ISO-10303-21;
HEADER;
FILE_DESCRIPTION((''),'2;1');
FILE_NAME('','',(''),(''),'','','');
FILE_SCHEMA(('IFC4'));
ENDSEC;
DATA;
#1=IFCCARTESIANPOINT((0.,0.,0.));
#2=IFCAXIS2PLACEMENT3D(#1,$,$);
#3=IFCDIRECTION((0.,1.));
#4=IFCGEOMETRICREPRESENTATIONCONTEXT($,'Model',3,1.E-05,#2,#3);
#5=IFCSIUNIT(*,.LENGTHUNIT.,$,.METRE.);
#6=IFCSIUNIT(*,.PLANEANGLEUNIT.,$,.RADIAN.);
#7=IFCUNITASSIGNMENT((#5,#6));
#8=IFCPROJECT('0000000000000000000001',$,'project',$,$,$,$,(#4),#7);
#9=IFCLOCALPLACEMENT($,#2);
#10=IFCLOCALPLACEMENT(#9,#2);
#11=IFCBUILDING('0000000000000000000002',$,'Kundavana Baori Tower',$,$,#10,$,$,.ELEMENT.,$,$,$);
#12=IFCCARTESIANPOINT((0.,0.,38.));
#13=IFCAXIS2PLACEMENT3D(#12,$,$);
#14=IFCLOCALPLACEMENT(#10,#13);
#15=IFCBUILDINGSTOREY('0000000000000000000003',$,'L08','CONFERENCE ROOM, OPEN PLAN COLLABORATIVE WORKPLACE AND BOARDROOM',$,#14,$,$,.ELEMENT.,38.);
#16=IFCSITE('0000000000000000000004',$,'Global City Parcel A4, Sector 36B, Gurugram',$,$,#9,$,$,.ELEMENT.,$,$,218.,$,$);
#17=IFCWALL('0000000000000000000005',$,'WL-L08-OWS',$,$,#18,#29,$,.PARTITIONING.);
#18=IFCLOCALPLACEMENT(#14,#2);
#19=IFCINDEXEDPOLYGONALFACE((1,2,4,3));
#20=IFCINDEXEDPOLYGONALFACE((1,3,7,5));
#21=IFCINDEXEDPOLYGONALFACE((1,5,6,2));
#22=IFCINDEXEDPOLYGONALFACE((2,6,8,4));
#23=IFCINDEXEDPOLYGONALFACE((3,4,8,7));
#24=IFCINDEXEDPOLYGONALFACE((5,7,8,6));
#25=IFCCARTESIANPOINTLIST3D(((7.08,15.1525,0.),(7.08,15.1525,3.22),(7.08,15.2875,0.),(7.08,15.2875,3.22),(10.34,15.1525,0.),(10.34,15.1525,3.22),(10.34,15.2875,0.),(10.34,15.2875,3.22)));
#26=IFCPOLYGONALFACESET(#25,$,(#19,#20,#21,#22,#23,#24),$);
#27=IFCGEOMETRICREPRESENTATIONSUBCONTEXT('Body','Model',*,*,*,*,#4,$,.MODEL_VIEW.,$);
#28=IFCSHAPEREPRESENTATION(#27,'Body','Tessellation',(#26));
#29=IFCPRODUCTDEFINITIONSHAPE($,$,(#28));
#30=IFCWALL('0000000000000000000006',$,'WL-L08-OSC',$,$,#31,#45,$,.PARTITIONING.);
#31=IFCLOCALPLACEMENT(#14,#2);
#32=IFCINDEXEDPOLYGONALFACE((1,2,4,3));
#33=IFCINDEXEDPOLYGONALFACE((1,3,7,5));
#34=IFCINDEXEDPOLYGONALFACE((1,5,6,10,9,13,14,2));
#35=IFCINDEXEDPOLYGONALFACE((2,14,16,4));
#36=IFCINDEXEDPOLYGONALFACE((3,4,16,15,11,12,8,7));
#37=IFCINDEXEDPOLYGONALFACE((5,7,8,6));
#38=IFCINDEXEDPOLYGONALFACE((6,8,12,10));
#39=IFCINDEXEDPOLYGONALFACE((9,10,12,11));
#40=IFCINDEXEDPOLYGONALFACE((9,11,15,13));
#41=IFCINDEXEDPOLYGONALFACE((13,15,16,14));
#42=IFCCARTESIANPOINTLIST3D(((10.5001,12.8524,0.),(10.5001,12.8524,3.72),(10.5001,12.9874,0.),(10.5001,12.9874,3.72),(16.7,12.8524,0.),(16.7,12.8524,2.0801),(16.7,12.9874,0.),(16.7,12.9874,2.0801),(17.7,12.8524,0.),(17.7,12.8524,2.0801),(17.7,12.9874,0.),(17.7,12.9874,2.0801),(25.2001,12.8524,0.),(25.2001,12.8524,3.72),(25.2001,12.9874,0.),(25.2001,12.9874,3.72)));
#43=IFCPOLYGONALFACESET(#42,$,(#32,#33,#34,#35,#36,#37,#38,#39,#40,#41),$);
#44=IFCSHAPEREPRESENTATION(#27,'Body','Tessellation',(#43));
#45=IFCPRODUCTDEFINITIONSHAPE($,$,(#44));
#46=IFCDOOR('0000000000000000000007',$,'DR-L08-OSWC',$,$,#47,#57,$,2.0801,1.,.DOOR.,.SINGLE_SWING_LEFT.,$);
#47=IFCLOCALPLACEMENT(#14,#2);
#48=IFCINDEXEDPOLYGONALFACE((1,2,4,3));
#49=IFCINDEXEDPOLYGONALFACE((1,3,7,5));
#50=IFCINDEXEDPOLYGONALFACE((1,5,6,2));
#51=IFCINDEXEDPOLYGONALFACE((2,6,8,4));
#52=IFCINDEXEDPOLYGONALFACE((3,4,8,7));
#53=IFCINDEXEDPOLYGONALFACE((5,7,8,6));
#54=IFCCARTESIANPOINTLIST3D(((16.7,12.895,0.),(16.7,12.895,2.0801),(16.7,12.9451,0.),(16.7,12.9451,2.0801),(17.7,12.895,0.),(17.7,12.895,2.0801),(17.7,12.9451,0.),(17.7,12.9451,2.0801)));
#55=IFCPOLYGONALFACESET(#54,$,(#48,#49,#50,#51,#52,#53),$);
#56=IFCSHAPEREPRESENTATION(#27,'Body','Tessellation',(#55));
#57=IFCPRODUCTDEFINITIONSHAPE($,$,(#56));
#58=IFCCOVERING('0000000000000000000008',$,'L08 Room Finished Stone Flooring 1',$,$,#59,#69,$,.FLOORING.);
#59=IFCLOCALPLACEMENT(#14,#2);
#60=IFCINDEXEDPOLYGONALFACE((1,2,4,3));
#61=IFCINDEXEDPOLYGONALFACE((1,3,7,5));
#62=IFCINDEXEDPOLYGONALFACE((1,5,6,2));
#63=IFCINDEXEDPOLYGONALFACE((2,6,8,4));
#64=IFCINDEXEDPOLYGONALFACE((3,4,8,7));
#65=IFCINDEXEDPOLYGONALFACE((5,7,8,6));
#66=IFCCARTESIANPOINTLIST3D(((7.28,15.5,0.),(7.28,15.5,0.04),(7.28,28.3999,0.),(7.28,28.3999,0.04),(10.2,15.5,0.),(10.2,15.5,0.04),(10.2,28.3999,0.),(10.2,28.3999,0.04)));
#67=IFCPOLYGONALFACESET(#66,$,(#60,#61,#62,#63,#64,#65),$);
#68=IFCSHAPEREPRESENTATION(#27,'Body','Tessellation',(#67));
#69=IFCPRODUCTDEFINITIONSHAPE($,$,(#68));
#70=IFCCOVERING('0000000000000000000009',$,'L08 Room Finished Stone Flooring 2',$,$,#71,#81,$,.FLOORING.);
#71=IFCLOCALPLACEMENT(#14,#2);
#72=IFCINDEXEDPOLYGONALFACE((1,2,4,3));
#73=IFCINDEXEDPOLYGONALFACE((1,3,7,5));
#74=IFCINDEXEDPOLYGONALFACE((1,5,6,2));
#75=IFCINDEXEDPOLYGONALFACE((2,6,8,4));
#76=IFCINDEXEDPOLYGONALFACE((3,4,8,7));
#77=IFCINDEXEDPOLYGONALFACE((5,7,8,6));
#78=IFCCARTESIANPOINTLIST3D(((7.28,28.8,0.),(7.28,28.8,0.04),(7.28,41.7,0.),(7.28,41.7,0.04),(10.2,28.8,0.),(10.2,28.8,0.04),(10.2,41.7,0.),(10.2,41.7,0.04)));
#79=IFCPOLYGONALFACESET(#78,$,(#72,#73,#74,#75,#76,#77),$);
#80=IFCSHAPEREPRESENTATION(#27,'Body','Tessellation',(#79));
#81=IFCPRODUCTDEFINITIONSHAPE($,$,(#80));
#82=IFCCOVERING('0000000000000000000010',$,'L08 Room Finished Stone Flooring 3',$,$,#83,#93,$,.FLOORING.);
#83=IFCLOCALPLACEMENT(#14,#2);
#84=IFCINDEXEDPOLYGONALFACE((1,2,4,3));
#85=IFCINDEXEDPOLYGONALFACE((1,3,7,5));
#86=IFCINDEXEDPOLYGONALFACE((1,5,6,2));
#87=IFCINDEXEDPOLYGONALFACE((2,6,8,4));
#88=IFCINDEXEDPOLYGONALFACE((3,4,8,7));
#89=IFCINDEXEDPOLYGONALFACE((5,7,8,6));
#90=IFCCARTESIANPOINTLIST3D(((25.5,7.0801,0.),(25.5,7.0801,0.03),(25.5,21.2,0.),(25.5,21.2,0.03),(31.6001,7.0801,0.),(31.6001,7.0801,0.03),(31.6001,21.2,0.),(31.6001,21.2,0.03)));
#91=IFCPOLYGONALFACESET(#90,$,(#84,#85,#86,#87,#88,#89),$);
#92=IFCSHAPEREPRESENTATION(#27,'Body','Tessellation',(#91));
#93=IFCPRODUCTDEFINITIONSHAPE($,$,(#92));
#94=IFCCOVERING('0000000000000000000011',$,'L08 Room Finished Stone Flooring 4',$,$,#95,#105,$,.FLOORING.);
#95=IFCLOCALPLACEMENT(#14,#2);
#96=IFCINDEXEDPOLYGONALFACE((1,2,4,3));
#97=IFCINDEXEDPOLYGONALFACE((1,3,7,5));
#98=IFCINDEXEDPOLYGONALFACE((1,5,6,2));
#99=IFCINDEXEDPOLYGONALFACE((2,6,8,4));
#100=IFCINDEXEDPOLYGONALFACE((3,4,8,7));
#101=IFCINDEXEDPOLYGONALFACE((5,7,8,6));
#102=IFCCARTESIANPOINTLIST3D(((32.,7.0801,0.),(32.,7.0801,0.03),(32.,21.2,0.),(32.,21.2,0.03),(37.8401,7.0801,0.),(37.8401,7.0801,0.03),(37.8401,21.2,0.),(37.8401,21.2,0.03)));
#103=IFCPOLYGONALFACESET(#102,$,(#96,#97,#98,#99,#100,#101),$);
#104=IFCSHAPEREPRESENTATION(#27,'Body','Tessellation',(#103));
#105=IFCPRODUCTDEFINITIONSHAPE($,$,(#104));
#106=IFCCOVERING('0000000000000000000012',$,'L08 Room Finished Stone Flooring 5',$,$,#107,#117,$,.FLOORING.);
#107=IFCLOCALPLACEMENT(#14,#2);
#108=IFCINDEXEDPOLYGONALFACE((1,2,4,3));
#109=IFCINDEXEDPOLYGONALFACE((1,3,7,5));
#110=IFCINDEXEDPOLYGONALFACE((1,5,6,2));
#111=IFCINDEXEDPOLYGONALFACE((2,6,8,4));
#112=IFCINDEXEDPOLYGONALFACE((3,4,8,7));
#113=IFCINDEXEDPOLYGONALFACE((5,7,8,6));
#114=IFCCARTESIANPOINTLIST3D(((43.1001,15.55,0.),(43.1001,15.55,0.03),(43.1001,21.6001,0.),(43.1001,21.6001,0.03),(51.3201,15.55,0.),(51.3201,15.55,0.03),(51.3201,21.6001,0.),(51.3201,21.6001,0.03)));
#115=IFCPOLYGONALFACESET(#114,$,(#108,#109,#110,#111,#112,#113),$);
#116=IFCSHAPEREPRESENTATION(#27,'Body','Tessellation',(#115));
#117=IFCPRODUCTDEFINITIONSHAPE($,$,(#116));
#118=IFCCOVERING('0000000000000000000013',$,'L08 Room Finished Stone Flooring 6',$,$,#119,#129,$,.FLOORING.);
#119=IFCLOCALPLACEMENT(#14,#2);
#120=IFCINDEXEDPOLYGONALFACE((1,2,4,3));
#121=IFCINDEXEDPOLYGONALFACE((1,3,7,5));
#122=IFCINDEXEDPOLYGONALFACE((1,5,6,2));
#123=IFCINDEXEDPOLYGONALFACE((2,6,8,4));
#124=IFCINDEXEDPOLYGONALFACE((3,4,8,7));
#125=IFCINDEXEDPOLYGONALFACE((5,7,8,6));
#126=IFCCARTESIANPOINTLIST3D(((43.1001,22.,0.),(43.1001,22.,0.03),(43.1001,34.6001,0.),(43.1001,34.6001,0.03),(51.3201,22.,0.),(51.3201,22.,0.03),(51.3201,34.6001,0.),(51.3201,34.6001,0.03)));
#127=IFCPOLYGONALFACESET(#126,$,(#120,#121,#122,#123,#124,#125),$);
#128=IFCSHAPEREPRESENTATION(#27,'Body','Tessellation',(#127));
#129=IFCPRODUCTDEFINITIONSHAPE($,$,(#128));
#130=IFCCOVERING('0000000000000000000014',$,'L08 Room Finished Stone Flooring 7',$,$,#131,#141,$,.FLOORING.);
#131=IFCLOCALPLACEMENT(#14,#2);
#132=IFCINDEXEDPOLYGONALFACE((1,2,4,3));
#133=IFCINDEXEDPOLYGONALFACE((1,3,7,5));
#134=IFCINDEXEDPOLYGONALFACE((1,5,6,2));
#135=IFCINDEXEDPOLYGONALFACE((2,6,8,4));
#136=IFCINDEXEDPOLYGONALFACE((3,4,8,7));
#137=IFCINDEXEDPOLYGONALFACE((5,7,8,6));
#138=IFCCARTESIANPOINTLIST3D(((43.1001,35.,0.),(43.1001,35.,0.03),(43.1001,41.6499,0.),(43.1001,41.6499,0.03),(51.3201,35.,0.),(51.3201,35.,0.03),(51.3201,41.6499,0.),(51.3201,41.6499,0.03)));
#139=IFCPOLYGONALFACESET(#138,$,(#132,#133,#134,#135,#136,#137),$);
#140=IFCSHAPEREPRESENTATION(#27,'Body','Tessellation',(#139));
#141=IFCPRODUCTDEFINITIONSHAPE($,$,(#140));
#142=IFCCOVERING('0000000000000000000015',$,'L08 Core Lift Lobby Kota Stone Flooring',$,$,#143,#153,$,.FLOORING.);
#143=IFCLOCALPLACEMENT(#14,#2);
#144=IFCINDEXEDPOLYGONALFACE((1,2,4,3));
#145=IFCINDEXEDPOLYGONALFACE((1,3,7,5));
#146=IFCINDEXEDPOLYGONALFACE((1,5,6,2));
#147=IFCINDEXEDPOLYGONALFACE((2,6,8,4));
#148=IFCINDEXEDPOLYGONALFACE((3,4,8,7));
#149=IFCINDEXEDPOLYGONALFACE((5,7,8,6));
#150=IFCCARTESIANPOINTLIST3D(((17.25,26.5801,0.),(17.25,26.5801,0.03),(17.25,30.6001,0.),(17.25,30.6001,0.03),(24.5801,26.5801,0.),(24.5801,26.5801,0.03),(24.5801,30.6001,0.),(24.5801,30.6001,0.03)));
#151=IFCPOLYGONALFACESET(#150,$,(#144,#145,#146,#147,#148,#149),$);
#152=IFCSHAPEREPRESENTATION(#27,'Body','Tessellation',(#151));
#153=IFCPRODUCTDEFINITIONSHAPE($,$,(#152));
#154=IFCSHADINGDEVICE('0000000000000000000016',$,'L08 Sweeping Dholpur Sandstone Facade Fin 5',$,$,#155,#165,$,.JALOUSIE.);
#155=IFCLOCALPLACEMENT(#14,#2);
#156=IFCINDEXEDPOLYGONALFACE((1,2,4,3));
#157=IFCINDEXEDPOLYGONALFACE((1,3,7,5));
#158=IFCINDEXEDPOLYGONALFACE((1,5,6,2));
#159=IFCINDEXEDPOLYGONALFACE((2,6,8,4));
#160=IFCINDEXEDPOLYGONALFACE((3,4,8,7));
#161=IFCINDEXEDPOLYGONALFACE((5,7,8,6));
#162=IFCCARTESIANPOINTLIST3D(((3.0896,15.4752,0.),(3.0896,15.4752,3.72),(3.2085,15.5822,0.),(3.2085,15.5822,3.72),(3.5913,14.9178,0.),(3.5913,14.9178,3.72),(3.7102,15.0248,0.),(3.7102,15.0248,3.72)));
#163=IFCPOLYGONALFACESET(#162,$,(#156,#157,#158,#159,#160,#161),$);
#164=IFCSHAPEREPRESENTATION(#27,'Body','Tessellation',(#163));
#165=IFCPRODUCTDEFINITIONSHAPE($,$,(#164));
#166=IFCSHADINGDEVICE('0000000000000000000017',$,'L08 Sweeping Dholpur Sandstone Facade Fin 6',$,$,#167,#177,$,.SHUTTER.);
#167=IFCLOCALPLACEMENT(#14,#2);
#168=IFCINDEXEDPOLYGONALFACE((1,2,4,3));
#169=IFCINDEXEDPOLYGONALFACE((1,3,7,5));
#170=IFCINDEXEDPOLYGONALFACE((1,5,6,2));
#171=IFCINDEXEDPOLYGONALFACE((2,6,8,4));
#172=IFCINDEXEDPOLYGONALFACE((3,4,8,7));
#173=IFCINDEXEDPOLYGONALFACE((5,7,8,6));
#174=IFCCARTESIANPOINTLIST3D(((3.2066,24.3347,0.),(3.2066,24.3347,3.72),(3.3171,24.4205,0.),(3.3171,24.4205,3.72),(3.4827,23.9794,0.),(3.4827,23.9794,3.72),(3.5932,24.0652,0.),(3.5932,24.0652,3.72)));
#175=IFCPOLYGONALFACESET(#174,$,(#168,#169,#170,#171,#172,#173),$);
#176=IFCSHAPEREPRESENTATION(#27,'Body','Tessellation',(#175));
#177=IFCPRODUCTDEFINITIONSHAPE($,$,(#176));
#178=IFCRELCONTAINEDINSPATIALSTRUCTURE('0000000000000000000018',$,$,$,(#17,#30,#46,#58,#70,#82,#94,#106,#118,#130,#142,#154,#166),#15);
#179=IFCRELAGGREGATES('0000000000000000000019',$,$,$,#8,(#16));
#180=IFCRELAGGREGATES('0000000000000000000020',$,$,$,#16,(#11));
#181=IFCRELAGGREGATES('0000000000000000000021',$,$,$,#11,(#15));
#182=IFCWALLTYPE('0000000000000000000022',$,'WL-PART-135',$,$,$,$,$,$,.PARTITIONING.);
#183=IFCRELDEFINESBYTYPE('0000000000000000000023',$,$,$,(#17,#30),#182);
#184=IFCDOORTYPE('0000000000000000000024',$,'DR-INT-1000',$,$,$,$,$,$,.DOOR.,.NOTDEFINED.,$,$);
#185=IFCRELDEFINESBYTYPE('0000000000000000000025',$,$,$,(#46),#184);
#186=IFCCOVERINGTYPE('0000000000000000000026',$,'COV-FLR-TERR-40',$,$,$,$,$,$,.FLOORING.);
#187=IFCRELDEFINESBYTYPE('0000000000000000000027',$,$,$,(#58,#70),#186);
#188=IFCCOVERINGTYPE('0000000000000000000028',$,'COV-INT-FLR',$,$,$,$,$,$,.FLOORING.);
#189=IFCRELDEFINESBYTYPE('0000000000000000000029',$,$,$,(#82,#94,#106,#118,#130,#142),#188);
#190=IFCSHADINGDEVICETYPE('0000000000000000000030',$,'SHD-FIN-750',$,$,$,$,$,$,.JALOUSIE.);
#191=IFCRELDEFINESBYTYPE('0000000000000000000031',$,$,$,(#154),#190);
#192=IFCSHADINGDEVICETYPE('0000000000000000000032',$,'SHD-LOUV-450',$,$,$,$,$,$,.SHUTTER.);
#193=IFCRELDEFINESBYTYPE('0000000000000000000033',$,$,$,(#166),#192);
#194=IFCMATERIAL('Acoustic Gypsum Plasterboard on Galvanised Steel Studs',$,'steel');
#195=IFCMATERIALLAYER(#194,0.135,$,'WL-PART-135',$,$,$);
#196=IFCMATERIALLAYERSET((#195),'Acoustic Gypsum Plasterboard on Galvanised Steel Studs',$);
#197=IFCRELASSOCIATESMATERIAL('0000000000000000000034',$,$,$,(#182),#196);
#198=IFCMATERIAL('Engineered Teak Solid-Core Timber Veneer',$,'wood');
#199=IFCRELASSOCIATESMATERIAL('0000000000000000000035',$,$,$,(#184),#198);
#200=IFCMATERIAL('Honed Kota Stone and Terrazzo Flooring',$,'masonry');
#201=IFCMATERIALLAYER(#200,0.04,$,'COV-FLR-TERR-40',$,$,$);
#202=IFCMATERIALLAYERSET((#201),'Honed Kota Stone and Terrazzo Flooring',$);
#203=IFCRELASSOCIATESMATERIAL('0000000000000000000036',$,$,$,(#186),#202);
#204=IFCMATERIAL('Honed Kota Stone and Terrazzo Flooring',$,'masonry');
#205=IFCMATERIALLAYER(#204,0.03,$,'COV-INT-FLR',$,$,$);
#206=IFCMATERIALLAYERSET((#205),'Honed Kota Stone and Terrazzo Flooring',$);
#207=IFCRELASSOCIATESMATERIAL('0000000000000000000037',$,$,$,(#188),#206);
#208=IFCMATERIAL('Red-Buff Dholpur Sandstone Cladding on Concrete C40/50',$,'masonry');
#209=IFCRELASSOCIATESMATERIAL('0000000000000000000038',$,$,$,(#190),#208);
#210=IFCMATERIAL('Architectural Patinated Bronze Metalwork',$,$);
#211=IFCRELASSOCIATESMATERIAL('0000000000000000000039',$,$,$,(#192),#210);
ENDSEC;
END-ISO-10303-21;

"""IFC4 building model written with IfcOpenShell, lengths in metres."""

from ifc_helpers import new_model, si_unit, direction, frame, frame_2d, origin, origin_2d, place, context, subcontext, project, spatial, polyline, rectangle, outline, extrude, material, layer, layer_set, type_object, element, fill, save


model = new_model("IFC4")

# Units and contexts
model_context = context("Model", 3, precision=1e-05, world=origin(), true_north=direction((0.0, 1.0)))
body_context = subcontext(model_context, "Body", "Model", "MODEL_VIEW")
ifc_project = project(units=[si_unit("LENGTHUNIT", "METRE"), si_unit("PLANEANGLEUNIT", "RADIAN")], contexts=[model_context])

# Site, building, storey
site_placement = place(None, origin())
site = spatial("IfcSite", under=ifc_project, at=site_placement, Name="Global City Parcel A4, Sector 36B, Gurugram", CompositionType="ELEMENT", RefElevation=218.0)
building_placement = place(site_placement, origin())
building = spatial("IfcBuilding", under=site, at=building_placement, Name="Kundavana Baori Tower", CompositionType="ELEMENT")
storey_placement = place(building_placement, frame((0.0, 0.0, 38.0)))
storey = spatial("IfcBuildingStorey", under=building, at=storey_placement, Name="L08", Description="CONFERENCE ROOM, OPEN PLAN COLLABORATIVE WORKPLACE AND BOARDROOM", CompositionType="ELEMENT", Elevation=38.0)

# Shared definitions
ifc_material_1 = material(Name="Acoustic Gypsum Plasterboard on Galvanised Steel Studs", Category="steel")
ifc_layer_1 = layer(ifc_material_1, 0.135, Name="WL-PART-135")
ifc_layer_set_1 = layer_set([ifc_layer_1], Name="Acoustic Gypsum Plasterboard on Galvanised Steel Studs")
wall_type_1 = type_object("IfcWallType", Name="WL-PART-135", PredefinedType="PARTITIONING", material=ifc_layer_set_1)

# Wall
wall_1_placement = place(storey_placement, frame((7.0801, 15.22, 0.0), z_axis=(0.0, 0.0, 1.0), x_axis=(1.0, 0.0, 0.0)))
element("IfcWall", 1, at=wall_1_placement, inside=storey, type_object=wall_type_1, Name="WL-L08-OWS", PredefinedType="PARTITIONING", context=body_context, shape_type="SweptSolid", body=[
    extrude(rectangle(XDim=3.26, YDim=0.135, at=frame_2d((1.6299, 0.0))), origin(), (0.0, 0.0, 1.0), 3.22),
])

# Wall, opening, door
wall_2_placement = place(storey_placement, frame((10.5, 12.9199, 0.0), z_axis=(0.0, 0.0, 1.0), x_axis=(1.0, 0.0, 0.0)))
wall_2 = element("IfcWall", 2, at=wall_2_placement, inside=storey, type_object=wall_type_1, Name="WL-L08-OSC", PredefinedType="PARTITIONING", context=body_context, shape_type="SweptSolid", body=[
    extrude(rectangle(XDim=14.7, YDim=0.135, at=frame_2d((7.3501, 0.0))), origin(), (0.0, 0.0, 1.0), 3.72),
])
opening_1_placement = place(wall_2_placement, frame((6.2, 0.0, 0.0)))
opening_1 = element("IfcOpeningElement", 3, at=opening_1_placement, cuts=wall_2, PredefinedType="OPENING", context=body_context, shape_type="SweptSolid", body=[
    extrude(rectangle(XDim=1.0, YDim=2.0801, at=frame_2d((0.5, 1.04))), frame((0.0, 0.0776, 0.0), z_axis=(0.0, -1.0, 0.0), x_axis=(1.0, 0.0, 0.0)), (0.0, 0.0, 1.0), 0.155),
])
ifc_material_2 = material(Name="Engineered Teak Solid-Core Timber Veneer", Category="wood")
door_type_1 = type_object("IfcDoorType", Name="DR-INT-1000", OperationType="NOTDEFINED", PredefinedType="DOOR", material=ifc_material_2)
door_1_placement = place(opening_1_placement, frame((1.0, 0.0, 0.0), z_axis=(0.0, 0.0, 1.0), x_axis=(-1.0, 0.0, 0.0)))
door_1 = element("IfcDoor", 4, at=door_1_placement, inside=storey, type_object=door_type_1, Name="DR-L08-OSWC", OperationType="SINGLE_SWING_LEFT", OverallHeight=2.0801, OverallWidth=1.0, PredefinedType="DOOR", context=body_context, shape_type="SweptSolid", body=[
    extrude(rectangle(XDim=1.0, YDim=2.0801, at=frame_2d((0.5, 1.04))), frame((0.0, 0.0249, 0.0), z_axis=(0.0, -1.0, 0.0), x_axis=(1.0, 0.0, 0.0)), (0.0, 0.0, 1.0), 0.05),
])
fill(opening_1, door_1)

# Coverings
ifc_material_3 = material(Name="Honed Kota Stone and Terrazzo Flooring", Category="masonry")
ifc_layer_2 = layer(ifc_material_3, 0.04, Name="COV-FLR-TERR-40")
ifc_layer_set_2 = layer_set([ifc_layer_2], Name="Honed Kota Stone and Terrazzo Flooring")
covering_type_1 = type_object("IfcCoveringType", Name="COV-FLR-TERR-40", PredefinedType="FLOORING", material=ifc_layer_set_2)
covering_1_placement = place(storey_placement, origin())
element("IfcCovering", 5, at=covering_1_placement, inside=storey, type_object=covering_type_1, Name="L08 Room Finished Stone Flooring 1", PredefinedType="FLOORING", context=body_context, shape_type="SweptSolid", body=[
    extrude(outline(polyline([(7.28, 15.5), (10.2, 15.5), (10.2, 28.3999), (7.28, 28.3999), (7.28, 15.5)])), origin(), (0.0, 0.0, 1.0), 0.04),
])
covering_2_placement = place(storey_placement, origin())
element("IfcCovering", 6, at=covering_2_placement, inside=storey, type_object=covering_type_1, Name="L08 Room Finished Stone Flooring 2", PredefinedType="FLOORING", context=body_context, shape_type="SweptSolid", body=[
    extrude(outline(polyline([(7.28, 28.8), (10.2, 28.8), (10.2, 41.7), (7.28, 41.7), (7.28, 28.8)])), origin(), (0.0, 0.0, 1.0), 0.04),
])
ifc_material_4 = material(Name="Honed Kota Stone and Terrazzo Flooring", Category="masonry")
ifc_layer_3 = layer(ifc_material_4, 0.03, Name="COV-INT-FLR")
ifc_layer_set_3 = layer_set([ifc_layer_3], Name="Honed Kota Stone and Terrazzo Flooring")
covering_type_2 = type_object("IfcCoveringType", Name="COV-INT-FLR", PredefinedType="FLOORING", material=ifc_layer_set_3)
covering_3_placement = place(storey_placement, origin())
element("IfcCovering", 7, at=covering_3_placement, inside=storey, type_object=covering_type_2, Name="L08 Room Finished Stone Flooring 3", PredefinedType="FLOORING", context=body_context, shape_type="SweptSolid", body=[
    extrude(outline(polyline([(25.5, 7.0801), (31.6001, 7.0801), (31.6001, 21.2), (25.5, 21.2), (25.5, 7.0801)])), origin(), (0.0, 0.0, 1.0), 0.03),
])
covering_4_placement = place(storey_placement, origin())
element("IfcCovering", 8, at=covering_4_placement, inside=storey, type_object=covering_type_2, Name="L08 Room Finished Stone Flooring 4", PredefinedType="FLOORING", context=body_context, shape_type="SweptSolid", body=[
    extrude(outline(polyline([(32.0, 7.0801), (37.8401, 7.0801), (37.8401, 21.2), (32.0, 21.2), (32.0, 7.0801)])), origin(), (0.0, 0.0, 1.0), 0.03),
])
covering_5_placement = place(storey_placement, origin())
element("IfcCovering", 9, at=covering_5_placement, inside=storey, type_object=covering_type_2, Name="L08 Room Finished Stone Flooring 5", PredefinedType="FLOORING", context=body_context, shape_type="SweptSolid", body=[
    extrude(outline(polyline([(43.1001, 15.55), (51.3201, 15.55), (51.3201, 21.6001), (43.1001, 21.6001), (43.1001, 15.55)])), origin(), (0.0, 0.0, 1.0), 0.03),
])
covering_6_placement = place(storey_placement, origin())
element("IfcCovering", 10, at=covering_6_placement, inside=storey, type_object=covering_type_2, Name="L08 Room Finished Stone Flooring 6", PredefinedType="FLOORING", context=body_context, shape_type="SweptSolid", body=[
    extrude(outline(polyline([(43.1001, 22.0), (51.3201, 22.0), (51.3201, 34.6001), (43.1001, 34.6001), (43.1001, 22.0)])), origin(), (0.0, 0.0, 1.0), 0.03),
])
covering_7_placement = place(storey_placement, origin())
element("IfcCovering", 11, at=covering_7_placement, inside=storey, type_object=covering_type_2, Name="L08 Room Finished Stone Flooring 7", PredefinedType="FLOORING", context=body_context, shape_type="SweptSolid", body=[
    extrude(outline(polyline([(43.1001, 35.0), (51.3201, 35.0), (51.3201, 41.6499), (43.1001, 41.6499), (43.1001, 35.0)])), origin(), (0.0, 0.0, 1.0), 0.03),
])
covering_8_placement = place(storey_placement, origin())
element("IfcCovering", 12, at=covering_8_placement, inside=storey, type_object=covering_type_2, Name="L08 Core Lift Lobby Kota Stone Flooring", PredefinedType="FLOORING", context=body_context, shape_type="SweptSolid", body=[
    extrude(outline(polyline([(17.25, 26.5801), (24.5801, 26.5801), (24.5801, 30.6001), (17.25, 30.6001), (17.25, 26.5801)])), origin(), (0.0, 0.0, 1.0), 0.03),
])

# Shading devices
ifc_material_5 = material(Name="Red-Buff Dholpur Sandstone Cladding on Concrete C40/50", Category="masonry")
shading_device_type_1 = type_object("IfcShadingDeviceType", Name="SHD-FIN-750", PredefinedType="JALOUSIE", material=ifc_material_5)
shading_device_1_placement = place(storey_placement, frame((3.3999, 15.25, 0.0), z_axis=(0.0, 0.0, 1.0), x_axis=(0.743262, 0.669001, 0.0)))
element("IfcShadingDevice", 13, at=shading_device_1_placement, inside=storey, type_object=shading_device_type_1, Name="L08 Sweeping Dholpur Sandstone Facade Fin 5", PredefinedType="JALOUSIE", context=body_context, shape_type="SweptSolid", body=[
    extrude(rectangle(XDim=0.1599, YDim=0.75, at=origin_2d()), origin(), (0.0, 0.0, 1.0), 3.72),
])
ifc_material_6 = material(Name="Architectural Patinated Bronze Metalwork")
shading_device_type_2 = type_object("IfcShadingDeviceType", Name="SHD-LOUV-450", PredefinedType="SHUTTER", material=ifc_material_6)
shading_device_2_placement = place(storey_placement, frame((3.3999, 24.2, 0.0), z_axis=(0.0, 0.0, 1.0), x_axis=(0.78962, 0.613596, 0.0)))
element("IfcShadingDevice", 14, at=shading_device_2_placement, inside=storey, type_object=shading_device_type_2, Name="L08 Sweeping Dholpur Sandstone Facade Fin 6", PredefinedType="SHUTTER", context=body_context, shape_type="SweptSolid", body=[
    extrude(rectangle(XDim=0.1399, YDim=0.45, at=origin_2d()), origin(), (0.0, 0.0, 1.0), 3.72),
])

save(model, "model.ifc")
